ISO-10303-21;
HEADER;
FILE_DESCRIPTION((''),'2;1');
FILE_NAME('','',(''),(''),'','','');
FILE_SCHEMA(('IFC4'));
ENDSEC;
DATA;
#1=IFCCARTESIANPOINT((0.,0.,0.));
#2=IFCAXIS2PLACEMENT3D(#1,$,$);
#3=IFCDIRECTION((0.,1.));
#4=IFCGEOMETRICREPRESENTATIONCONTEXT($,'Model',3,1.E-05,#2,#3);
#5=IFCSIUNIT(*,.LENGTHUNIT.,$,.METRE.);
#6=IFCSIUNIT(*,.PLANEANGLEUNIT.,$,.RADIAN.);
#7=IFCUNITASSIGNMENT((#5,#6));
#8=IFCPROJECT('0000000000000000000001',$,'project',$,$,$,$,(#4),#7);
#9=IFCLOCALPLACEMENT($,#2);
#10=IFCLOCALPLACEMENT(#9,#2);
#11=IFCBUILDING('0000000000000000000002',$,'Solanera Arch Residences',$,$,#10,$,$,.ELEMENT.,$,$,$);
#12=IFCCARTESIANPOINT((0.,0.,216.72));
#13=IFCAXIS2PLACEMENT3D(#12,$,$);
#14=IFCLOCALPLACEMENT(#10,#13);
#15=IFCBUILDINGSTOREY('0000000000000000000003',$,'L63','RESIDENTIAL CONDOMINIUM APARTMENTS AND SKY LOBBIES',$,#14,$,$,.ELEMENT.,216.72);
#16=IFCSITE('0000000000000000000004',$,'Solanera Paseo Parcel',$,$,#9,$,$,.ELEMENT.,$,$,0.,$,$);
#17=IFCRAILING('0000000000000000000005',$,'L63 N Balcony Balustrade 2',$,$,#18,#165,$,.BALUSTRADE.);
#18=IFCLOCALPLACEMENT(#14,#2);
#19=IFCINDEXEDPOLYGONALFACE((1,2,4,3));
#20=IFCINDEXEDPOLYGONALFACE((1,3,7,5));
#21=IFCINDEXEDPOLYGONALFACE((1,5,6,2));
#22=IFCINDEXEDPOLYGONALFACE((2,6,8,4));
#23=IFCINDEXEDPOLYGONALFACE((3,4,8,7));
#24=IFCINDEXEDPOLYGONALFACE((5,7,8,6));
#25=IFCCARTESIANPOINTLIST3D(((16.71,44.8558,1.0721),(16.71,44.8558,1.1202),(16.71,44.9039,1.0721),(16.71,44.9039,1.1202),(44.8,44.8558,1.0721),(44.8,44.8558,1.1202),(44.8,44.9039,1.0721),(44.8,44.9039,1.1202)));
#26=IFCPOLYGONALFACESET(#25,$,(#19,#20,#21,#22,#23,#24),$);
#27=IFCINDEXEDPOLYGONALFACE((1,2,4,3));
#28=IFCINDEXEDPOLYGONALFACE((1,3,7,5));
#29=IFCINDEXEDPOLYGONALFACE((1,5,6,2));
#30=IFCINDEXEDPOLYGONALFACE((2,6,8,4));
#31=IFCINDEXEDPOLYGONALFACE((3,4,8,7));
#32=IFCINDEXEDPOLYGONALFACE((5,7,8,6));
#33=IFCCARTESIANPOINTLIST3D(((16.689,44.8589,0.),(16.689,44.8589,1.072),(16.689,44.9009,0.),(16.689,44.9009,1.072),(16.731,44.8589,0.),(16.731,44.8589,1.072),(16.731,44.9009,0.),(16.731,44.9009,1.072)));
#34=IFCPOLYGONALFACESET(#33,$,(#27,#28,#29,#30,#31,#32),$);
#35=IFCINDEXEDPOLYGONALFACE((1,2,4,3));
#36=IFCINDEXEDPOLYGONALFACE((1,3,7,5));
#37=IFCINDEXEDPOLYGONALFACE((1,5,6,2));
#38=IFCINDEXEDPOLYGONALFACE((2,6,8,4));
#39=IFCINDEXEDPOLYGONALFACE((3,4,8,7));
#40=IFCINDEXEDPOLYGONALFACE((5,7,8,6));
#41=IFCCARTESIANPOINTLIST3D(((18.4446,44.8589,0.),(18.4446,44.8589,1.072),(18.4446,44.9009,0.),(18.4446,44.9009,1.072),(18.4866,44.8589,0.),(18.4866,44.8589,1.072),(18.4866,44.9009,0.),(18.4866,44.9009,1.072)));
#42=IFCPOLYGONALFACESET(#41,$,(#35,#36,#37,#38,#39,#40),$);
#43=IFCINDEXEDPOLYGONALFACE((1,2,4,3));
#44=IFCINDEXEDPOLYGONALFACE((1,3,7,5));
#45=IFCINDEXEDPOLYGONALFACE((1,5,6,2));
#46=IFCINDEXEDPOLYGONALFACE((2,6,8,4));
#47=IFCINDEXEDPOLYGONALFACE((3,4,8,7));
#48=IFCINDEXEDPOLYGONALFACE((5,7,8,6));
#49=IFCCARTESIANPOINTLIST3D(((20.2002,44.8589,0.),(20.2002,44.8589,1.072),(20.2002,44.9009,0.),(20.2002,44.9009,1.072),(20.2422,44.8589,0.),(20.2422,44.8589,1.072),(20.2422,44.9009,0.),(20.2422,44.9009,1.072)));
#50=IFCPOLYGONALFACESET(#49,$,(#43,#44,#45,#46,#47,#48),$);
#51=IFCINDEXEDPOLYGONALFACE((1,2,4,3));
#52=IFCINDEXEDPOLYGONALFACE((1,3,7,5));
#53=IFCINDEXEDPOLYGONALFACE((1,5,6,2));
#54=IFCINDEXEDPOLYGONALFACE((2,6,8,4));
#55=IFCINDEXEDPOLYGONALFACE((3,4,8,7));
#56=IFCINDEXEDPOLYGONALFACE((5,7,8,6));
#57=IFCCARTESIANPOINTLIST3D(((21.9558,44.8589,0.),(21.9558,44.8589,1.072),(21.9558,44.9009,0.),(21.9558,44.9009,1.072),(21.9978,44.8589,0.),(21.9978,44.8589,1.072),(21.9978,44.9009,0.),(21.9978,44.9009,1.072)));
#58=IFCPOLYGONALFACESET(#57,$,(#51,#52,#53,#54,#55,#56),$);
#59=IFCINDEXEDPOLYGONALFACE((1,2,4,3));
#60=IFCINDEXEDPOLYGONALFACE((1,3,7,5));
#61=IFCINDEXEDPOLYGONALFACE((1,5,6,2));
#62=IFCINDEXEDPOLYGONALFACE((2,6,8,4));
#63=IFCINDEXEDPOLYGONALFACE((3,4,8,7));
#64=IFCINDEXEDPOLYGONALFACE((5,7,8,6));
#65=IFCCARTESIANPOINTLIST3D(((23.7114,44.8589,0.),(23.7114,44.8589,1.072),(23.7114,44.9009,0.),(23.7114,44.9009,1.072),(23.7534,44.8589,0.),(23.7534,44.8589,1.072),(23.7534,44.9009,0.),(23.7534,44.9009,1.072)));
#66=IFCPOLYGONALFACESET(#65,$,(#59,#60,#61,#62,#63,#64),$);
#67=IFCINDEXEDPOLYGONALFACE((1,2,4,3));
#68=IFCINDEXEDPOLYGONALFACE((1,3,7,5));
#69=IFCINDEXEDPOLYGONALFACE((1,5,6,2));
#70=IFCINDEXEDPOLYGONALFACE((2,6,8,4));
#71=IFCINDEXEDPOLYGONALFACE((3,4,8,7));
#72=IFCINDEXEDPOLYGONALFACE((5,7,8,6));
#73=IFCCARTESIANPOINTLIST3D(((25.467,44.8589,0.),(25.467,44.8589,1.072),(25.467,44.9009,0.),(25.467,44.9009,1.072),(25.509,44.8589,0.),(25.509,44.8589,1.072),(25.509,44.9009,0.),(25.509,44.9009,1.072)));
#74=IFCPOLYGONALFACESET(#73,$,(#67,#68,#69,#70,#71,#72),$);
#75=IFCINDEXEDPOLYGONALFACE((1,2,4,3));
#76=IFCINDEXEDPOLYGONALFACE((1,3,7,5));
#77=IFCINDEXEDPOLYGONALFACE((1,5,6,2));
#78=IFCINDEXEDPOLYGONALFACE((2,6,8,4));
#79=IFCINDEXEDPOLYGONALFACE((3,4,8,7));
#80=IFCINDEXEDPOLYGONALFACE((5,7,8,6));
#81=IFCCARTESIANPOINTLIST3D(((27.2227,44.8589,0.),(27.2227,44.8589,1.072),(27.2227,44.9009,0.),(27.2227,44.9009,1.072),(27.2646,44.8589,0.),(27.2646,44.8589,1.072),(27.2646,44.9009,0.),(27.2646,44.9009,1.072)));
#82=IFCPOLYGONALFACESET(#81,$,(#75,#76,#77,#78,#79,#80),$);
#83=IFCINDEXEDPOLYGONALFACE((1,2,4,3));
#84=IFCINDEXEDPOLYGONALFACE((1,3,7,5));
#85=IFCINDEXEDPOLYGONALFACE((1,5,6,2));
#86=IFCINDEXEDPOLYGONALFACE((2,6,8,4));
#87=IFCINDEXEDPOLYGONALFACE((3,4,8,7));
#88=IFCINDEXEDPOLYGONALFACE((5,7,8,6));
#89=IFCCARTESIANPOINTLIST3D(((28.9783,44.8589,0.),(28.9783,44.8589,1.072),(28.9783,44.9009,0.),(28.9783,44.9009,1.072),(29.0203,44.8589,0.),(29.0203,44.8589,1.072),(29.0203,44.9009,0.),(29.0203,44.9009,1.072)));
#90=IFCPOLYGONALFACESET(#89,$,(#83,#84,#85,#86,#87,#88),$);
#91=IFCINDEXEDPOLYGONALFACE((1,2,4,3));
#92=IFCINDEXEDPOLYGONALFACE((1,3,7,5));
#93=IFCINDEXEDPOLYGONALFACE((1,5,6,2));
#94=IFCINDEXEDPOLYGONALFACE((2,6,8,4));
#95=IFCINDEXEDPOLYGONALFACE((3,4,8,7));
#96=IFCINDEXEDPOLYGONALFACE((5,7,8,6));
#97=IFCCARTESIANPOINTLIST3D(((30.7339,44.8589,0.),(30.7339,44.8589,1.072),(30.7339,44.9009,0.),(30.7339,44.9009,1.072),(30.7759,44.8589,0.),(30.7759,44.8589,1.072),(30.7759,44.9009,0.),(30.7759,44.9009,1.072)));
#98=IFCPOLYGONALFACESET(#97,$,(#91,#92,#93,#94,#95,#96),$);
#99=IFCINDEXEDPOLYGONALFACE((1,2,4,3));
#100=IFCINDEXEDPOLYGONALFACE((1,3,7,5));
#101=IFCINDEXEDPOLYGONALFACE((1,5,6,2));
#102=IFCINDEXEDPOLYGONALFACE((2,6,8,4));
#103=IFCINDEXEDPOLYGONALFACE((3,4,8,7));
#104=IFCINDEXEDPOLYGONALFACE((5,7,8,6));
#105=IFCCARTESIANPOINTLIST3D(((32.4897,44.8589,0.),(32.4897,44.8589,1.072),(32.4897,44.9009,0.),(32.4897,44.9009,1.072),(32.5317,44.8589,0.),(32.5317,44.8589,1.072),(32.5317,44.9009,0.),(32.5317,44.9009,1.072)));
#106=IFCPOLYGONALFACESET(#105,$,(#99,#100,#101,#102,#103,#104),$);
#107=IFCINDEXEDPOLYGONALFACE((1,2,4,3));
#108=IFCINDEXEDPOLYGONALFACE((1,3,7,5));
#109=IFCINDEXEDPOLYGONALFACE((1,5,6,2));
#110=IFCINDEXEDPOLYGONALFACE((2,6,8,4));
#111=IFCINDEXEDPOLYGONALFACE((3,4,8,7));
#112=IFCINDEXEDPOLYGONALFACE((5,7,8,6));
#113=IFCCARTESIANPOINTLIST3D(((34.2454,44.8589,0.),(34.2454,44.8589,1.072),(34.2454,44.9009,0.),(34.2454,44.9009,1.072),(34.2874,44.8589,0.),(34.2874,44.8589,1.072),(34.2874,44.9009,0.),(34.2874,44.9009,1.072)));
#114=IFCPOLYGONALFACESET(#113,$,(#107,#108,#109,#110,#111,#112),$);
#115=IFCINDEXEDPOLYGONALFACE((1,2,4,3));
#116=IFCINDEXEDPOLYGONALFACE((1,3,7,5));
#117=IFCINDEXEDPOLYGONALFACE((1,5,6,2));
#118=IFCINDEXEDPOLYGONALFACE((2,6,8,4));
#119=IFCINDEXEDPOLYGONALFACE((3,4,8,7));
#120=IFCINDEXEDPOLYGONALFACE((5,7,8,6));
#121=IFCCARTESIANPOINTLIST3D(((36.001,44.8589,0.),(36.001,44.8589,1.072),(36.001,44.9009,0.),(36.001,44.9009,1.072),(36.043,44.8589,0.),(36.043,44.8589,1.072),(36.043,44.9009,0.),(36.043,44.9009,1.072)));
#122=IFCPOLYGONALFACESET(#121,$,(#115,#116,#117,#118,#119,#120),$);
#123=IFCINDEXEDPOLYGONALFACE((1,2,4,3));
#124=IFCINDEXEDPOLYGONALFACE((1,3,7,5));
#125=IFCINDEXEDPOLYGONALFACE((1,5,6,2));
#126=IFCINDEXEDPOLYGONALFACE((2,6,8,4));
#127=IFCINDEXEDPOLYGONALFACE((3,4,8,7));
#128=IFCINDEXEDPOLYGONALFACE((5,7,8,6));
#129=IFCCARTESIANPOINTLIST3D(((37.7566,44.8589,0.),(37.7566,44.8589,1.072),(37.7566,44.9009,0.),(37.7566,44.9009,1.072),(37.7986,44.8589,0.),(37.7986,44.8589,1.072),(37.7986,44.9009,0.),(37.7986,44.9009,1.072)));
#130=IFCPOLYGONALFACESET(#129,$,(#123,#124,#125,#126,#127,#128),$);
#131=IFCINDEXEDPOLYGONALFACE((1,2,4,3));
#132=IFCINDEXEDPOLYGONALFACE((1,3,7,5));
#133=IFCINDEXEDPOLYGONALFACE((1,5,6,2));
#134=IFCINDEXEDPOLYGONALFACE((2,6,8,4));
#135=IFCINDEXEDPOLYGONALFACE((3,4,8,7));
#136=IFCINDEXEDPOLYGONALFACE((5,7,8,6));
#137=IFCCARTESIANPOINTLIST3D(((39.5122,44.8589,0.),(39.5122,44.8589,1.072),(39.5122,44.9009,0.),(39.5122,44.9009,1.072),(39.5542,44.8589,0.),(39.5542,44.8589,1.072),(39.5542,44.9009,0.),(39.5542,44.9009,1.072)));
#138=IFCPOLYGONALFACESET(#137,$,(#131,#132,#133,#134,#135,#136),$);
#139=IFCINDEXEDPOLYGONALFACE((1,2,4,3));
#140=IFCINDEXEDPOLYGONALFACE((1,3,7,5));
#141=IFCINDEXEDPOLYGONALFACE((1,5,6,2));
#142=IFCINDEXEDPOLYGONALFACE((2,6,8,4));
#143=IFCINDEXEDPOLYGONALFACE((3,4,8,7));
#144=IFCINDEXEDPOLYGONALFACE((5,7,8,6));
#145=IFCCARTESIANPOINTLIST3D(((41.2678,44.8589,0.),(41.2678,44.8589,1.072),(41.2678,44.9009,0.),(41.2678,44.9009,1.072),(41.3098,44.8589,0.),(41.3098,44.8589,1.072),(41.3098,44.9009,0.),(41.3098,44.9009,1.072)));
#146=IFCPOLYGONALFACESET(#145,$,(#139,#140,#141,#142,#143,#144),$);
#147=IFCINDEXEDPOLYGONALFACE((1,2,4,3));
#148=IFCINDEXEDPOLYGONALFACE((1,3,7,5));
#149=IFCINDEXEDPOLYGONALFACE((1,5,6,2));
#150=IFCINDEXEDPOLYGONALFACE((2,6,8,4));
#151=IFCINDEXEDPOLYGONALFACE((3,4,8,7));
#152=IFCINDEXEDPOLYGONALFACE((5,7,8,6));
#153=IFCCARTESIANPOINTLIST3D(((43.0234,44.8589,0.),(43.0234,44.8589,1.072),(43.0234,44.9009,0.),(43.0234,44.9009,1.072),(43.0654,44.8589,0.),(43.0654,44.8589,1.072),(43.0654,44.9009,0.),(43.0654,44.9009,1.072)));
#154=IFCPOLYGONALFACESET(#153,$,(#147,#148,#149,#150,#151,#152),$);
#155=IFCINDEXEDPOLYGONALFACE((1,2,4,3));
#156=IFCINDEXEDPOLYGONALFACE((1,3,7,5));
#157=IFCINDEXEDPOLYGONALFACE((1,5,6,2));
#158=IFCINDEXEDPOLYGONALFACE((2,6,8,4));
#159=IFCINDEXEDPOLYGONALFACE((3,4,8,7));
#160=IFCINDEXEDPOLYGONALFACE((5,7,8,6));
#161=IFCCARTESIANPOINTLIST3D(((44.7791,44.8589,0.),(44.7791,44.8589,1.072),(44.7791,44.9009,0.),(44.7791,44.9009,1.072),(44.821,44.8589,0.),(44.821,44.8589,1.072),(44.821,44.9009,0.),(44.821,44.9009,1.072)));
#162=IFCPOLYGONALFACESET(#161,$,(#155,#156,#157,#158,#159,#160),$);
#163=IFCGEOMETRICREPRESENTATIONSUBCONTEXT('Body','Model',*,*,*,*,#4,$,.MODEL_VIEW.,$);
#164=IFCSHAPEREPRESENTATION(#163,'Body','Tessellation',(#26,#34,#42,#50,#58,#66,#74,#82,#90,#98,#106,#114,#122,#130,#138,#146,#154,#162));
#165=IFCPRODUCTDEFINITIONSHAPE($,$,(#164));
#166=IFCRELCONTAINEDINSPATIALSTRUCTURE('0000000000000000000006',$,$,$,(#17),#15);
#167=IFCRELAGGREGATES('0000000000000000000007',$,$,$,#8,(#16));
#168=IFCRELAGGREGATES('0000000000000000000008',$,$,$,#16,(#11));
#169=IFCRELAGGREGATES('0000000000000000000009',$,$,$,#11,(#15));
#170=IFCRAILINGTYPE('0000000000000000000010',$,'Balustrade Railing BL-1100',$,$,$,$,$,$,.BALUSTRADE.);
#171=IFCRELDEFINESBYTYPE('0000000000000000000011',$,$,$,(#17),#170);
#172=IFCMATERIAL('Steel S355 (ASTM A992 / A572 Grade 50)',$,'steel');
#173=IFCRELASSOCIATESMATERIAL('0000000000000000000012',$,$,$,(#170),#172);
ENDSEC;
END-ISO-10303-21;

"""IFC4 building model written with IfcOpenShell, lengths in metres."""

from ifc_helpers import new_model, si_unit, direction, frame, origin, origin_2d, place, context, subcontext, project, spatial, rectangle, extrude, material, type_object, element, save


model = new_model("IFC4")

# Units and contexts
model_context = context("Model", 3, precision=1e-05, world=origin(), true_north=direction((0.0, 1.0)))
body_context = subcontext(model_context, "Body", "Model", "MODEL_VIEW")
ifc_project = project(units=[si_unit("LENGTHUNIT", "METRE"), si_unit("PLANEANGLEUNIT", "RADIAN")], contexts=[model_context])

# Site, building, storey
site_placement = place(None, origin())
site = spatial("IfcSite", under=ifc_project, at=site_placement, Name="Solanera Paseo Parcel", CompositionType="ELEMENT", RefElevation=0.0)
building_placement = place(site_placement, origin())
building = spatial("IfcBuilding", under=site, at=building_placement, Name="Solanera Arch Residences", CompositionType="ELEMENT")
storey_placement = place(building_placement, frame((0.0, 0.0, 216.72)))
storey = spatial("IfcBuildingStorey", under=building, at=storey_placement, Name="L63", Description="RESIDENTIAL CONDOMINIUM APARTMENTS AND SKY LOBBIES", CompositionType="ELEMENT", Elevation=216.72)

# Railing
ifc_material_1 = material(Name="Steel S355 (ASTM A992 / A572 Grade 50)", Category="steel")
railing_type = type_object("IfcRailingType", Name="Balustrade Railing BL-1100", PredefinedType="BALUSTRADE", material=ifc_material_1)
railing_placement = place(storey_placement, frame((16.71, 44.8799, 0.0)))
element("IfcRailing", 1, at=railing_placement, inside=storey, type_object=railing_type, Name="L63 N Balcony Balustrade 2", PredefinedType="BALUSTRADE", context=body_context, shape_type="SweptSolid", body=[
    extrude(rectangle(XDim=0.0481, YDim=0.0481, at=origin_2d()), frame((0.0, 0.0, 1.0962), z_axis=(1.0, 0.0, 0.0), x_axis=(0.0, 1.0, 0.0)), (0.0, 0.0, 1.0), 28.0901),
    extrude(rectangle(XDim=0.042, YDim=0.042, at=origin_2d()), origin(), (0.0, 0.0, 1.0), 1.072),
    extrude(rectangle(XDim=0.042, YDim=0.042, at=origin_2d()), frame((1.7556, 0.0, 0.0)), (0.0, 0.0, 1.0), 1.072),
    extrude(rectangle(XDim=0.042, YDim=0.042, at=origin_2d()), frame((3.5112, 0.0, 0.0)), (0.0, 0.0, 1.0), 1.072),
    extrude(rectangle(XDim=0.042, YDim=0.042, at=origin_2d()), frame((5.2668, 0.0, 0.0)), (0.0, 0.0, 1.0), 1.072),
    extrude(rectangle(XDim=0.042, YDim=0.042, at=origin_2d()), frame((7.0225, 0.0, 0.0)), (0.0, 0.0, 1.0), 1.072),
    extrude(rectangle(XDim=0.042, YDim=0.042, at=origin_2d()), frame((8.7781, 0.0, 0.0)), (0.0, 0.0, 1.0), 1.072),
    extrude(rectangle(XDim=0.042, YDim=0.042, at=origin_2d()), frame((10.5337, 0.0, 0.0)), (0.0, 0.0, 1.0), 1.072),
    extrude(rectangle(XDim=0.042, YDim=0.042, at=origin_2d()), frame((12.2893, 0.0, 0.0)), (0.0, 0.0, 1.0), 1.072),
    extrude(rectangle(XDim=0.042, YDim=0.042, at=origin_2d()), frame((14.0449, 0.0, 0.0)), (0.0, 0.0, 1.0), 1.072),
    extrude(rectangle(XDim=0.042, YDim=0.042, at=origin_2d()), frame((15.8008, 0.0, 0.0)), (0.0, 0.0, 1.0), 1.072),
    extrude(rectangle(XDim=0.042, YDim=0.042, at=origin_2d()), frame((17.5564, 0.0, 0.0)), (0.0, 0.0, 1.0), 1.072),
    extrude(rectangle(XDim=0.042, YDim=0.042, at=origin_2d()), frame((19.312, 0.0, 0.0)), (0.0, 0.0, 1.0), 1.072),
    extrude(rectangle(XDim=0.042, YDim=0.042, at=origin_2d()), frame((21.0676, 0.0, 0.0)), (0.0, 0.0, 1.0), 1.072),
    extrude(rectangle(XDim=0.042, YDim=0.042, at=origin_2d()), frame((22.8232, 0.0, 0.0)), (0.0, 0.0, 1.0), 1.072),
    extrude(rectangle(XDim=0.042, YDim=0.042, at=origin_2d()), frame((24.5789, 0.0, 0.0)), (0.0, 0.0, 1.0), 1.072),
    extrude(rectangle(XDim=0.042, YDim=0.042, at=origin_2d()), frame((26.3345, 0.0, 0.0)), (0.0, 0.0, 1.0), 1.072),
    extrude(rectangle(XDim=0.042, YDim=0.042, at=origin_2d()), frame((28.0901, 0.0, 0.0)), (0.0, 0.0, 1.0), 1.072),
])

save(model, "model.ifc")
